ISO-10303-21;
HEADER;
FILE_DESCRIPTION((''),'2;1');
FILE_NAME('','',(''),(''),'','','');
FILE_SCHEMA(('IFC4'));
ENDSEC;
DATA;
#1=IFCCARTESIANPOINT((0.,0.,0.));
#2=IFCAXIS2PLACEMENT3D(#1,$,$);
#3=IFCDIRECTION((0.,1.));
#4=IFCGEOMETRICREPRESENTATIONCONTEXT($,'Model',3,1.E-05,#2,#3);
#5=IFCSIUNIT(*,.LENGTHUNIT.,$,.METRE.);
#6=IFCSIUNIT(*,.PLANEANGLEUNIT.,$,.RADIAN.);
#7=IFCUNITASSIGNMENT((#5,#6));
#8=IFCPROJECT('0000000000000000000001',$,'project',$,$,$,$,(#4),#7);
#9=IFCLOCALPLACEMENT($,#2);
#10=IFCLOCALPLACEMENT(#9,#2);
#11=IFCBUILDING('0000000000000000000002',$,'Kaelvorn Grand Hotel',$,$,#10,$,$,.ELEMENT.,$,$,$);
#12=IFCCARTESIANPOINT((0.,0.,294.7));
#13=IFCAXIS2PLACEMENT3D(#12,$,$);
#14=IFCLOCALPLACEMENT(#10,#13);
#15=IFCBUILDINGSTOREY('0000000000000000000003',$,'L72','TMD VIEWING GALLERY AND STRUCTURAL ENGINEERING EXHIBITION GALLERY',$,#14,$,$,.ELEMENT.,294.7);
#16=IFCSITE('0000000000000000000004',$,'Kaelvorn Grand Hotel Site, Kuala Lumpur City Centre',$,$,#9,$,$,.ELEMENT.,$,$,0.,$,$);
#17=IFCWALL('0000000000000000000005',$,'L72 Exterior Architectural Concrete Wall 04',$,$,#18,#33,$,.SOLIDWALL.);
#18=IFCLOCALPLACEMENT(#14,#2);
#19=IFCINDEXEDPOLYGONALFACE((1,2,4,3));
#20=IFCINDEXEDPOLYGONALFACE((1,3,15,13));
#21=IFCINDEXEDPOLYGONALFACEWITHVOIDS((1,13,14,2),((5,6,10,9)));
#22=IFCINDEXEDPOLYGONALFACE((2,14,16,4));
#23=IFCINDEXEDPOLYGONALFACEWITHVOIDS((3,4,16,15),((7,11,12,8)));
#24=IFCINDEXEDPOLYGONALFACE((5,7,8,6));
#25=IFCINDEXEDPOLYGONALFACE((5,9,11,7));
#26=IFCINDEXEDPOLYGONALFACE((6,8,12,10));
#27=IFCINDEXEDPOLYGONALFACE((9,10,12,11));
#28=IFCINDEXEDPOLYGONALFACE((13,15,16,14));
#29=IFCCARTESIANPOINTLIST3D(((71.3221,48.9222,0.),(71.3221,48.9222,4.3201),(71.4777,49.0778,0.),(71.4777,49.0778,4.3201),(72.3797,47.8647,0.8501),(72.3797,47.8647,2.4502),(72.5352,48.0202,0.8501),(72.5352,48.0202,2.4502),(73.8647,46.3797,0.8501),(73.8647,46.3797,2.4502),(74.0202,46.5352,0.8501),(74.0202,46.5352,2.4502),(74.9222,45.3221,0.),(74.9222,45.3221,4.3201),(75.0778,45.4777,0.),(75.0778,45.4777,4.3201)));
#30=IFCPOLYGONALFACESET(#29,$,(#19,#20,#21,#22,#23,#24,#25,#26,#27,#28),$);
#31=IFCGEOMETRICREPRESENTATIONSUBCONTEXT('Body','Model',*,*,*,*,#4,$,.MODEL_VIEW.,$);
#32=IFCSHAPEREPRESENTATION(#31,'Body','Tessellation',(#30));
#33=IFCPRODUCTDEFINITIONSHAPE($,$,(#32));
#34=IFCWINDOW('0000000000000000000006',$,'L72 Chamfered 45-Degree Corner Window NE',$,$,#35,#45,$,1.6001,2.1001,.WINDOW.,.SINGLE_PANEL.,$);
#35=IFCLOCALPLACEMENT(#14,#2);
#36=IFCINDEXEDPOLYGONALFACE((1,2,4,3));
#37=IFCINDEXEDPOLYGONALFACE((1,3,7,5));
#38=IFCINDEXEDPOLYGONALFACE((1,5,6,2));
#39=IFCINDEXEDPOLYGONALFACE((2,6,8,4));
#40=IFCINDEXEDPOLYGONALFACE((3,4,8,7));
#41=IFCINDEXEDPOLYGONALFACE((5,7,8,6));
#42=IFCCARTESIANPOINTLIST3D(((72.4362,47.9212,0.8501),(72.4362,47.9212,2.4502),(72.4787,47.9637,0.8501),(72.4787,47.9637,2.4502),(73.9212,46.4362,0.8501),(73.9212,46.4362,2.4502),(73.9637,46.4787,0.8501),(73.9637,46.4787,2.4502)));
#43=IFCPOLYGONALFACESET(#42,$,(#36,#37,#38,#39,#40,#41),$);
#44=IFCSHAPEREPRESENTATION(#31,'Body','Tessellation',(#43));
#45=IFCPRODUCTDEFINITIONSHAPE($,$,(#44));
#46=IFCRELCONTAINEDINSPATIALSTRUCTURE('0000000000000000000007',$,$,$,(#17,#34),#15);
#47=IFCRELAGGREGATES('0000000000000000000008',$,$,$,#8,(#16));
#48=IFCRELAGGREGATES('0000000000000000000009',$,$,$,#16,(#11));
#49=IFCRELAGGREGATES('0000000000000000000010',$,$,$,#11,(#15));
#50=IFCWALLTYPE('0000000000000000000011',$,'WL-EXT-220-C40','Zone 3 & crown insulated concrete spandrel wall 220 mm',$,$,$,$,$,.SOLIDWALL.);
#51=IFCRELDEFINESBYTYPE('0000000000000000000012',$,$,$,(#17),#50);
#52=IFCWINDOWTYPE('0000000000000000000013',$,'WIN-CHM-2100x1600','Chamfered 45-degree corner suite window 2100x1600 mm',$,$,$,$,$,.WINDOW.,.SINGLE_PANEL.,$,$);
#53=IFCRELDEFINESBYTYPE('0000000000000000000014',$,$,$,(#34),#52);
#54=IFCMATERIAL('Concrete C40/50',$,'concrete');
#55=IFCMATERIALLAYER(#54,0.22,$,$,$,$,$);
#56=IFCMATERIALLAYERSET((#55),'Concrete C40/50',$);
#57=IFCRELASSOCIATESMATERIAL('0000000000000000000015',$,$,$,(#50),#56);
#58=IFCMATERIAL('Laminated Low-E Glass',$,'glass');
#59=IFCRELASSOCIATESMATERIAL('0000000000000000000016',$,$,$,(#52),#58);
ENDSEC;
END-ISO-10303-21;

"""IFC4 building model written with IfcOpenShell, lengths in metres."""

from ifc_helpers import new_model, si_unit, direction, frame, frame_2d, origin, place, context, subcontext, project, spatial, rectangle, extrude, material, layer, layer_set, type_object, element, fill, save


model = new_model("IFC4")

# Units and contexts
model_context = context("Model", 3, precision=1e-05, world=origin(), true_north=direction((0.0, 1.0)))
body_context = subcontext(model_context, "Body", "Model", "MODEL_VIEW")
ifc_project = project(units=[si_unit("LENGTHUNIT", "METRE"), si_unit("PLANEANGLEUNIT", "RADIAN")], contexts=[model_context])

# Site, building, storey
site_placement = place(None, origin())
site = spatial("IfcSite", under=ifc_project, at=site_placement, Name="Kaelvorn Grand Hotel Site, Kuala Lumpur City Centre", CompositionType="ELEMENT", RefElevation=0.0)
building_placement = place(site_placement, origin())
building = spatial("IfcBuilding", under=site, at=building_placement, Name="Kaelvorn Grand Hotel", CompositionType="ELEMENT")
storey_placement = place(building_placement, frame((0.0, 0.0, 294.7)))
storey = spatial("IfcBuildingStorey", under=building, at=storey_placement, Name="L72", Description="TMD VIEWING GALLERY AND STRUCTURAL ENGINEERING EXHIBITION GALLERY", CompositionType="ELEMENT", Elevation=294.7)

# Shared definitions
ifc_material_1 = material(Name="Laminated Low-E Glass", Category="glass")

# Shared definitions
ifc_material_2 = material(Name="Concrete C40/50", Category="concrete")
ifc_layer_1 = layer(ifc_material_2, 0.22)
ifc_layer_set_1 = layer_set([ifc_layer_1], Name="Concrete C40/50")
wall_type = type_object("IfcWallType", Name="WL-EXT-220-C40", Description="Zone 3 & crown insulated concrete spandrel wall 220 mm", PredefinedType="SOLIDWALL", material=ifc_layer_set_1)

# Wall, opening, window
wall_1_placement = place(storey_placement, frame((75.0, 45.3999, 0.0), z_axis=(0.0, 0.0, 1.0), x_axis=(-0.707107, 0.707107, 0.0)))
wall_1 = element("IfcWall", 1, at=wall_1_placement, inside=storey, type_object=wall_type, Name="L72 Exterior Architectural Concrete Wall 04", PredefinedType="SOLIDWALL", context=body_context, shape_type="SweptSolid", body=[
    extrude(rectangle(XDim=5.0913, YDim=0.22, at=frame_2d((2.5457, 0.0))), origin(), (0.0, 0.0, 1.0), 4.3201),
])
opening_placement = place(wall_1_placement, frame((1.4956, 0.0, 0.8501)))
opening = element("IfcOpeningElement", 2, at=opening_placement, cuts=wall_1, PredefinedType="OPENING", context=body_context, shape_type="SweptSolid", body=[
    extrude(rectangle(XDim=2.1001, YDim=1.6001, at=frame_2d((1.05, 0.8))), frame((0.0, 0.1201, 0.0), z_axis=(0.0, -1.0, 0.0), x_axis=(1.0, 0.0, 0.0)), (0.0, 0.0, 1.0), 0.24),
])
window_type = type_object("IfcWindowType", Name="WIN-CHM-2100x1600", Description="Chamfered 45-degree corner suite window 2100x1600 mm", PartitioningType="SINGLE_PANEL", PredefinedType="WINDOW", material=ifc_material_1)
window_placement = place(opening_placement, origin())
window = element("IfcWindow", 3, at=window_placement, inside=storey, type_object=window_type, Name="L72 Chamfered 45-Degree Corner Window NE", OverallHeight=1.6001, OverallWidth=2.1001, PartitioningType="SINGLE_PANEL", PredefinedType="WINDOW", context=body_context, shape_type="SweptSolid", body=[
    extrude(rectangle(XDim=2.1001, YDim=1.6001, at=frame_2d((1.05, 0.8))), frame((0.0, 0.03, 0.0), z_axis=(0.0, -1.0, 0.0), x_axis=(1.0, 0.0, 0.0)), (0.0, 0.0, 1.0), 0.0601),
])
fill(opening, window)

save(model, "model.ifc")
